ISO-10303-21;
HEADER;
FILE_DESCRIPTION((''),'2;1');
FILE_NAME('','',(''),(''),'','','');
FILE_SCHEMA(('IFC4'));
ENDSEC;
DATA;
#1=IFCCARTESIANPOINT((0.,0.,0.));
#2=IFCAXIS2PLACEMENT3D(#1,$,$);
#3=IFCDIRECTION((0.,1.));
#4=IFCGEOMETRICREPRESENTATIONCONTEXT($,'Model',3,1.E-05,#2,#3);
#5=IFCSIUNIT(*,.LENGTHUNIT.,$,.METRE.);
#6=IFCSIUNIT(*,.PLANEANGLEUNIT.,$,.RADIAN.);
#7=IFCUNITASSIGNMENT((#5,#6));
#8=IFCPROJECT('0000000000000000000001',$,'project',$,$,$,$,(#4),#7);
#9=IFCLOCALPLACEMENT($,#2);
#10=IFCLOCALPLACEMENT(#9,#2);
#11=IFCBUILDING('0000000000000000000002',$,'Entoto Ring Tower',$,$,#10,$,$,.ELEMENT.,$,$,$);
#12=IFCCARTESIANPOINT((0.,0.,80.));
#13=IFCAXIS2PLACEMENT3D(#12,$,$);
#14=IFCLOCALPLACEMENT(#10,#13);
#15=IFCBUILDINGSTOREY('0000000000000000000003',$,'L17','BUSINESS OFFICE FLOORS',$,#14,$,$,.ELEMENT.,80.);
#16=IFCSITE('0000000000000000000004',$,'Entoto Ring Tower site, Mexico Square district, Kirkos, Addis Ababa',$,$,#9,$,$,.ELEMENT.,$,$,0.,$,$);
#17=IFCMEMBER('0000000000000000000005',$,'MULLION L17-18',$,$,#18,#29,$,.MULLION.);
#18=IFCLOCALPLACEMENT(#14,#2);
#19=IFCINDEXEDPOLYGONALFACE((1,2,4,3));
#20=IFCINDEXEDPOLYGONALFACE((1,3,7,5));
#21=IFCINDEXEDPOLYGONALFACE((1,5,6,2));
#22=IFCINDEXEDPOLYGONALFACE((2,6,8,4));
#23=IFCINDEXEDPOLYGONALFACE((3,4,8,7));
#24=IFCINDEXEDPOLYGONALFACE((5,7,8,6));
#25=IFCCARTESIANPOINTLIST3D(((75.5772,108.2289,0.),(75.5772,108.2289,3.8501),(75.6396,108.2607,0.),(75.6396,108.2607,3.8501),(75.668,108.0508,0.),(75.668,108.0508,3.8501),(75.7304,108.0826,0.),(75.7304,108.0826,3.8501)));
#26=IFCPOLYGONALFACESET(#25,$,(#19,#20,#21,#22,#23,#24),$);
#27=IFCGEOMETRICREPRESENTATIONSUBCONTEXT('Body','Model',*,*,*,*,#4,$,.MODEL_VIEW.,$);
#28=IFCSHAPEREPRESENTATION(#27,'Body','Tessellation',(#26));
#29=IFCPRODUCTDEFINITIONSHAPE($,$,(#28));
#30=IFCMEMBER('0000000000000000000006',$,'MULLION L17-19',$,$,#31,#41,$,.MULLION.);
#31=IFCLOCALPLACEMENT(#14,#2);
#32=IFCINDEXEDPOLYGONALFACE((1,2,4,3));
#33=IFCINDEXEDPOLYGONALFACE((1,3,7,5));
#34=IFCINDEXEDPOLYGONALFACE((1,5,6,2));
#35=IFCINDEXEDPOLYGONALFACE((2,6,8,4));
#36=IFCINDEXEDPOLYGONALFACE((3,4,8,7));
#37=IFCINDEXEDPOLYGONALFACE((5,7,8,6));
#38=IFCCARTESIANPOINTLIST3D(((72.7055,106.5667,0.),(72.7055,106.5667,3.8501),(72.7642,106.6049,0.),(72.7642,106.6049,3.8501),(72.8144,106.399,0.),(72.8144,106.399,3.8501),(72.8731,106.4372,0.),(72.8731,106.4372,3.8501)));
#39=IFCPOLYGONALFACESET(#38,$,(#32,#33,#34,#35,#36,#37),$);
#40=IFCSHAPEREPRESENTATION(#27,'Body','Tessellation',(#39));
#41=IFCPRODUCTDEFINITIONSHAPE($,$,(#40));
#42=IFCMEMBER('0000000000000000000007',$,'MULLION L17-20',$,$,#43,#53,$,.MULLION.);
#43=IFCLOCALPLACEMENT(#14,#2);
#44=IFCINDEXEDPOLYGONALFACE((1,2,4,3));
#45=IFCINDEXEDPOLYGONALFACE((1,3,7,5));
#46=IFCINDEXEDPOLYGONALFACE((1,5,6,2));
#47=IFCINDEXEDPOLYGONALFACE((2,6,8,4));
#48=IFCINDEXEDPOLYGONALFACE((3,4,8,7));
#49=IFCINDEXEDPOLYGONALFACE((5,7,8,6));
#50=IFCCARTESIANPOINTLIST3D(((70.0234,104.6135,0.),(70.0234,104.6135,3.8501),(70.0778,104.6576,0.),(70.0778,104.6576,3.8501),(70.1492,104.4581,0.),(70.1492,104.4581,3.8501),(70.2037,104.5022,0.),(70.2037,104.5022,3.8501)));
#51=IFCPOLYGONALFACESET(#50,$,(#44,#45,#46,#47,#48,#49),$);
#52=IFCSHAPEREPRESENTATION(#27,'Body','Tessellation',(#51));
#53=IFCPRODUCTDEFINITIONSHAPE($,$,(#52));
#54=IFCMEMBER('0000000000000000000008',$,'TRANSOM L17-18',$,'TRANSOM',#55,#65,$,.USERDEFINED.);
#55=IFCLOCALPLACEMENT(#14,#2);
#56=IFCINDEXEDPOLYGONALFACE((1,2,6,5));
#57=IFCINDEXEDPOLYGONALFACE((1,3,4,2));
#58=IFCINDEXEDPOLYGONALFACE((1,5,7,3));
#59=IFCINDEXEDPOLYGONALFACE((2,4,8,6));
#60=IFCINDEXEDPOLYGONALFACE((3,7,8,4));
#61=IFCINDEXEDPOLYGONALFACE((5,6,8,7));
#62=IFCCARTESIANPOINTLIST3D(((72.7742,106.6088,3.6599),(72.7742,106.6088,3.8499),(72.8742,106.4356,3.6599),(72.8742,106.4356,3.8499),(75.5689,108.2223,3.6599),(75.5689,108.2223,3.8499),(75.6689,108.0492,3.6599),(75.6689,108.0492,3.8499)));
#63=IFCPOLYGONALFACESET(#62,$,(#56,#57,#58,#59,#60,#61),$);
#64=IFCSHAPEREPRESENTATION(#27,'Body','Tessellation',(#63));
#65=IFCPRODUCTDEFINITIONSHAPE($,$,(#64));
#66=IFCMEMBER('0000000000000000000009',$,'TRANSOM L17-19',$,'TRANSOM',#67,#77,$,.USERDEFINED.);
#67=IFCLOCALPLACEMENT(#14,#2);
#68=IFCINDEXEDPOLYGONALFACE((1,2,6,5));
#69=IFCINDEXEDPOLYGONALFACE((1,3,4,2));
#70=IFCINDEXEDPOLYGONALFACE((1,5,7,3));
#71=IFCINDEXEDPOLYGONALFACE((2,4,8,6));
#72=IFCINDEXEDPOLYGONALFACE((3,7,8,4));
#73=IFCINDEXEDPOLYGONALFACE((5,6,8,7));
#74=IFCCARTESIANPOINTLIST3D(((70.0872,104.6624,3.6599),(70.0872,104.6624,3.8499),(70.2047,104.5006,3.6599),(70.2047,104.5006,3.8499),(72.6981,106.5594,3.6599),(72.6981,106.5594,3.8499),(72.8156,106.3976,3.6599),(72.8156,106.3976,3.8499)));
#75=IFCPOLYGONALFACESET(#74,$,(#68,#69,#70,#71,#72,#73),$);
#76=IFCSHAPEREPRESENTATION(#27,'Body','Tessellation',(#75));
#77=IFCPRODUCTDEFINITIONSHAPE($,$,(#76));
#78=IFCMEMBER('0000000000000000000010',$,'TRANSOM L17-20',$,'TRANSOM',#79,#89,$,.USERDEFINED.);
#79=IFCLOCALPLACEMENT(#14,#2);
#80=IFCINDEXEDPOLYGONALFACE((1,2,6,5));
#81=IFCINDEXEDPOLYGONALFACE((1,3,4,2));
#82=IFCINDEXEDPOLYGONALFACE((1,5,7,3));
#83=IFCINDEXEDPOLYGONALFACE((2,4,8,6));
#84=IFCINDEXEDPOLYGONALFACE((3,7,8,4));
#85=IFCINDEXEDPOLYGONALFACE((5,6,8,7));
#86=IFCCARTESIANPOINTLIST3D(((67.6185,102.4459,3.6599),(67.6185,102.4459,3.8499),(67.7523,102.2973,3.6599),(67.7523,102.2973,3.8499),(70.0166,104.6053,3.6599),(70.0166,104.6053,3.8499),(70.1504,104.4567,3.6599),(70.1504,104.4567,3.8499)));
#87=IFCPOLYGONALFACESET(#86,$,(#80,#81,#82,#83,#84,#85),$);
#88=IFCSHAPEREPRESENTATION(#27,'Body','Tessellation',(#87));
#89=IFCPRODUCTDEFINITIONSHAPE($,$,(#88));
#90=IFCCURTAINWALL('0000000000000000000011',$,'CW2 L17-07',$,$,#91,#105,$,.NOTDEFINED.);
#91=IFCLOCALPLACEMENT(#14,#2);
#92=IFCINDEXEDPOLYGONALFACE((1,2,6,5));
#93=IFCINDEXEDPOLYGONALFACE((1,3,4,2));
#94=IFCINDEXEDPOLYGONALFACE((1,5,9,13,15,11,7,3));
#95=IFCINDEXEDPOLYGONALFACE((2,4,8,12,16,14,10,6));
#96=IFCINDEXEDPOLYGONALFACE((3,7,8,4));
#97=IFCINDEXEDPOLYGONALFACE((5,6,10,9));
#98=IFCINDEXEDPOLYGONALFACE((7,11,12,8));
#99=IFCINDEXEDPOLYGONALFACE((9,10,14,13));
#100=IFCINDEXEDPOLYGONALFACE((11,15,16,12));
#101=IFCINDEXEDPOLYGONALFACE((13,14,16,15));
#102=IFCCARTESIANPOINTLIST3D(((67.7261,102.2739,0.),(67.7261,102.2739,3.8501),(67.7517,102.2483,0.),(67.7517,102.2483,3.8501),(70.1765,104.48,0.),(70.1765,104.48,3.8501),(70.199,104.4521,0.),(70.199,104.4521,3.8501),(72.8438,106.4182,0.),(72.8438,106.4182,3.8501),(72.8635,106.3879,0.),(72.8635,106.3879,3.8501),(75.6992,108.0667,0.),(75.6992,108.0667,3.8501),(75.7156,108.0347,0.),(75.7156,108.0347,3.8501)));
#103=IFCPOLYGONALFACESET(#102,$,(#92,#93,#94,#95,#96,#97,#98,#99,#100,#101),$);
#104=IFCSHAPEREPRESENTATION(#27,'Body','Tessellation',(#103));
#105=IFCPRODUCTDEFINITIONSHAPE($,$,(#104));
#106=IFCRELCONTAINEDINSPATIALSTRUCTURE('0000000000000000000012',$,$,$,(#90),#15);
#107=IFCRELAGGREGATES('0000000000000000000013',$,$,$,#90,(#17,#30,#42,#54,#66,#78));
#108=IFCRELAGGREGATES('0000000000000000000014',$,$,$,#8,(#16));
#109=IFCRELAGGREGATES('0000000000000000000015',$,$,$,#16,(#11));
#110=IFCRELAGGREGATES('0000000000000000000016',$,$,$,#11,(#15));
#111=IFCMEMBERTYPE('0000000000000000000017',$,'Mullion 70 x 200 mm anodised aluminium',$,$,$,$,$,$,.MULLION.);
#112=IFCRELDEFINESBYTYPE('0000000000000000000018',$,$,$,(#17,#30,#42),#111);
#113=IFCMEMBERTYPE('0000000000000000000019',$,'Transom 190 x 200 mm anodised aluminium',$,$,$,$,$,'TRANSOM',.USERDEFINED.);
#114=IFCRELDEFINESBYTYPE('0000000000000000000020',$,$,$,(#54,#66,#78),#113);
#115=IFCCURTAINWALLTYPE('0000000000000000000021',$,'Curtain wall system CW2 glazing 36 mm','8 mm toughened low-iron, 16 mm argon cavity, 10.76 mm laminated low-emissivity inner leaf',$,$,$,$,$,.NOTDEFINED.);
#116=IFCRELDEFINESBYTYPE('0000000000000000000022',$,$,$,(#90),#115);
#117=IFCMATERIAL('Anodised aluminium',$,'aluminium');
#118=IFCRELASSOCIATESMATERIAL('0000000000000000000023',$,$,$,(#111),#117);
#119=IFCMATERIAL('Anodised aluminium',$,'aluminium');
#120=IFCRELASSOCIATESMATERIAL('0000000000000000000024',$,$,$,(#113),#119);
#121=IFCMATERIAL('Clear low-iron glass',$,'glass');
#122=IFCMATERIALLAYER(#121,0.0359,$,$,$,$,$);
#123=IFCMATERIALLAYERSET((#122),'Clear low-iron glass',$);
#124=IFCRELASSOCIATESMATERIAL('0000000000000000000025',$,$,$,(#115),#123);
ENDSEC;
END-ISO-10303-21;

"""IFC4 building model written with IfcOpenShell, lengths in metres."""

from ifc_helpers import new_model, si_unit, direction, frame, origin, origin_2d, place, context, subcontext, project, spatial, polyline, rectangle, outline, extrude, material, layer, layer_set, material_profile, profile_set, type_object, element, aggregate, save


model = new_model("IFC4")

# Units and contexts
model_context = context("Model", 3, precision=1e-05, world=origin(), true_north=direction((0.0, 1.0)))
body_context = subcontext(model_context, "Body", "Model", "MODEL_VIEW")
ifc_project = project(units=[si_unit("LENGTHUNIT", "METRE"), si_unit("PLANEANGLEUNIT", "RADIAN")], contexts=[model_context])

# Members
ifc_material_1 = material(Name="Anodised aluminium", Category="aluminium")
ifc_material_profile_1 = material_profile(ifc_material_1, rectangle(XDim=0.0701, YDim=0.2, at=origin_2d()), Name="Mullion 70 x 200 mm anodised aluminium")
ifc_profile_set_1 = profile_set([ifc_material_profile_1], Name="Anodised aluminium")
member_type_1 = type_object("IfcMemberType", Name="Mullion 70 x 200 mm anodised aluminium", PredefinedType="MULLION", material=ifc_profile_set_1)
site_placement = place(None, origin())
building_placement = place(site_placement, origin())
storey_placement = place(building_placement, frame((0.0, 0.0, 80.0)))
member_1_placement = place(storey_placement, frame((75.6538, 108.1558, 0.0), z_axis=(0.0, 0.0, 1.0), x_axis=(-0.891007, -0.45399, 0.0)))
member_1 = element("IfcMember", 1, at=member_1_placement, type_object=member_type_1, Name="MULLION L17-18", PredefinedType="MULLION", context=body_context, shape_type="SweptSolid", body=[
    extrude(rectangle(XDim=0.0701, YDim=0.2, at=origin_2d()), origin(), (0.0, 0.0, 1.0), 3.8501),
])
member_2_placement = place(storey_placement, frame((72.7893, 106.502, 0.0), z_axis=(0.0, 0.0, 1.0), x_axis=(-0.838671, -0.544639, 0.0)))
member_2 = element("IfcMember", 2, at=member_2_placement, type_object=member_type_1, Name="MULLION L17-19", PredefinedType="MULLION", context=body_context, shape_type="SweptSolid", body=[
    extrude(rectangle(XDim=0.0701, YDim=0.2, at=origin_2d()), origin(), (0.0, 0.0, 1.0), 3.8501),
])
member_3_placement = place(storey_placement, frame((70.1135, 104.5579, 0.0), z_axis=(0.0, 0.0, 1.0), x_axis=(-0.777146, -0.62932, 0.0)))
member_3 = element("IfcMember", 3, at=member_3_placement, type_object=member_type_1, Name="MULLION L17-20", PredefinedType="MULLION", context=body_context, shape_type="SweptSolid", body=[
    extrude(rectangle(XDim=0.0701, YDim=0.2, at=origin_2d()), origin(), (0.0, 0.0, 1.0), 3.8501),
])
ifc_material_2 = material(Name="Anodised aluminium", Category="aluminium")
ifc_material_profile_2 = material_profile(ifc_material_2, rectangle(XDim=0.2, YDim=0.1899, at=origin_2d()), Name="Transom 190 x 200 mm anodised aluminium")
ifc_profile_set_2 = profile_set([ifc_material_profile_2], Name="Anodised aluminium")
member_type_2 = type_object("IfcMemberType", Name="Transom 190 x 200 mm anodised aluminium", ElementType="TRANSOM", PredefinedType="USERDEFINED", material=ifc_profile_set_2)
member_4_placement = place(storey_placement, frame((75.6189, 108.1357, 3.7549), z_axis=(-0.866023, -0.500004, 0.0), x_axis=(0.500004, -0.866023, 0.0)))
member_4 = element("IfcMember", 4, at=member_4_placement, type_object=member_type_2, Name="TRANSOM L17-18", ObjectType="TRANSOM", PredefinedType="USERDEFINED", context=body_context, shape_type="SweptSolid", body=[
    extrude(rectangle(XDim=0.2, YDim=0.1899, at=origin_2d()), origin(), (0.0, 0.0, 1.0), 3.2271),
])
member_5_placement = place(storey_placement, frame((72.7568, 106.4785, 3.7549), z_axis=(-0.809004, -0.587803, 0.0), x_axis=(0.587803, -0.809004, 0.0)))
member_5 = element("IfcMember", 5, at=member_5_placement, type_object=member_type_2, Name="TRANSOM L17-19", ObjectType="TRANSOM", PredefinedType="USERDEFINED", context=body_context, shape_type="SweptSolid", body=[
    extrude(rectangle(XDim=0.2, YDim=0.1899, at=origin_2d()), origin(), (0.0, 0.0, 1.0), 3.2273),
])
member_6_placement = place(storey_placement, frame((70.0835, 104.531, 3.7549), z_axis=(-0.743132, -0.669144, 0.0), x_axis=(0.669144, -0.743132, 0.0)))
member_6 = element("IfcMember", 6, at=member_6_placement, type_object=member_type_2, Name="TRANSOM L17-20", ObjectType="TRANSOM", PredefinedType="USERDEFINED", context=body_context, shape_type="SweptSolid", body=[
    extrude(rectangle(XDim=0.2, YDim=0.1899, at=origin_2d()), origin(), (0.0, 0.0, 1.0), 3.2271),
])

# Site, building, storey
site = spatial("IfcSite", under=ifc_project, at=site_placement, Name="Entoto Ring Tower site, Mexico Square district, Kirkos, Addis Ababa", CompositionType="ELEMENT", RefElevation=0.0)
building = spatial("IfcBuilding", under=site, at=building_placement, Name="Entoto Ring Tower", CompositionType="ELEMENT")
storey = spatial("IfcBuildingStorey", under=building, at=storey_placement, Name="L17", Description="BUSINESS OFFICE FLOORS", CompositionType="ELEMENT", Elevation=80.0)

# Curtain wall
ifc_material_3 = material(Name="Clear low-iron glass", Category="glass")
ifc_layer = layer(ifc_material_3, 0.0359)
ifc_layer_set = layer_set([ifc_layer], Name="Clear low-iron glass")
curtain_wall_type = type_object("IfcCurtainWallType", Name="Curtain wall system CW2 glazing 36 mm", Description="8 mm toughened low-iron, 16 mm argon cavity, 10.76 mm laminated low-emissivity inner leaf", PredefinedType="NOTDEFINED", material=ifc_layer_set)
curtain_wall_1_placement = place(storey_placement, origin())
curtain_wall_1 = element("IfcCurtainWall", 7, at=curtain_wall_1_placement, inside=storey, type_object=curtain_wall_type, Name="CW2 L17-07", PredefinedType="NOTDEFINED", context=body_context, shape_type="SweptSolid", body=[
    extrude(outline(polyline([(75.6992, 108.0667), (72.8438, 106.4182), (70.1765, 104.48), (67.7261, 102.2739), (67.7517, 102.2483), (70.199, 104.4521), (72.8635, 106.3879), (75.7156, 108.0347), (75.6992, 108.0667)])), origin(), (0.0, 0.0, 1.0), 3.8501),
])
aggregate(curtain_wall_1, [member_1, member_2, member_3, member_4, member_5, member_6])

save(model, "model.ifc")
